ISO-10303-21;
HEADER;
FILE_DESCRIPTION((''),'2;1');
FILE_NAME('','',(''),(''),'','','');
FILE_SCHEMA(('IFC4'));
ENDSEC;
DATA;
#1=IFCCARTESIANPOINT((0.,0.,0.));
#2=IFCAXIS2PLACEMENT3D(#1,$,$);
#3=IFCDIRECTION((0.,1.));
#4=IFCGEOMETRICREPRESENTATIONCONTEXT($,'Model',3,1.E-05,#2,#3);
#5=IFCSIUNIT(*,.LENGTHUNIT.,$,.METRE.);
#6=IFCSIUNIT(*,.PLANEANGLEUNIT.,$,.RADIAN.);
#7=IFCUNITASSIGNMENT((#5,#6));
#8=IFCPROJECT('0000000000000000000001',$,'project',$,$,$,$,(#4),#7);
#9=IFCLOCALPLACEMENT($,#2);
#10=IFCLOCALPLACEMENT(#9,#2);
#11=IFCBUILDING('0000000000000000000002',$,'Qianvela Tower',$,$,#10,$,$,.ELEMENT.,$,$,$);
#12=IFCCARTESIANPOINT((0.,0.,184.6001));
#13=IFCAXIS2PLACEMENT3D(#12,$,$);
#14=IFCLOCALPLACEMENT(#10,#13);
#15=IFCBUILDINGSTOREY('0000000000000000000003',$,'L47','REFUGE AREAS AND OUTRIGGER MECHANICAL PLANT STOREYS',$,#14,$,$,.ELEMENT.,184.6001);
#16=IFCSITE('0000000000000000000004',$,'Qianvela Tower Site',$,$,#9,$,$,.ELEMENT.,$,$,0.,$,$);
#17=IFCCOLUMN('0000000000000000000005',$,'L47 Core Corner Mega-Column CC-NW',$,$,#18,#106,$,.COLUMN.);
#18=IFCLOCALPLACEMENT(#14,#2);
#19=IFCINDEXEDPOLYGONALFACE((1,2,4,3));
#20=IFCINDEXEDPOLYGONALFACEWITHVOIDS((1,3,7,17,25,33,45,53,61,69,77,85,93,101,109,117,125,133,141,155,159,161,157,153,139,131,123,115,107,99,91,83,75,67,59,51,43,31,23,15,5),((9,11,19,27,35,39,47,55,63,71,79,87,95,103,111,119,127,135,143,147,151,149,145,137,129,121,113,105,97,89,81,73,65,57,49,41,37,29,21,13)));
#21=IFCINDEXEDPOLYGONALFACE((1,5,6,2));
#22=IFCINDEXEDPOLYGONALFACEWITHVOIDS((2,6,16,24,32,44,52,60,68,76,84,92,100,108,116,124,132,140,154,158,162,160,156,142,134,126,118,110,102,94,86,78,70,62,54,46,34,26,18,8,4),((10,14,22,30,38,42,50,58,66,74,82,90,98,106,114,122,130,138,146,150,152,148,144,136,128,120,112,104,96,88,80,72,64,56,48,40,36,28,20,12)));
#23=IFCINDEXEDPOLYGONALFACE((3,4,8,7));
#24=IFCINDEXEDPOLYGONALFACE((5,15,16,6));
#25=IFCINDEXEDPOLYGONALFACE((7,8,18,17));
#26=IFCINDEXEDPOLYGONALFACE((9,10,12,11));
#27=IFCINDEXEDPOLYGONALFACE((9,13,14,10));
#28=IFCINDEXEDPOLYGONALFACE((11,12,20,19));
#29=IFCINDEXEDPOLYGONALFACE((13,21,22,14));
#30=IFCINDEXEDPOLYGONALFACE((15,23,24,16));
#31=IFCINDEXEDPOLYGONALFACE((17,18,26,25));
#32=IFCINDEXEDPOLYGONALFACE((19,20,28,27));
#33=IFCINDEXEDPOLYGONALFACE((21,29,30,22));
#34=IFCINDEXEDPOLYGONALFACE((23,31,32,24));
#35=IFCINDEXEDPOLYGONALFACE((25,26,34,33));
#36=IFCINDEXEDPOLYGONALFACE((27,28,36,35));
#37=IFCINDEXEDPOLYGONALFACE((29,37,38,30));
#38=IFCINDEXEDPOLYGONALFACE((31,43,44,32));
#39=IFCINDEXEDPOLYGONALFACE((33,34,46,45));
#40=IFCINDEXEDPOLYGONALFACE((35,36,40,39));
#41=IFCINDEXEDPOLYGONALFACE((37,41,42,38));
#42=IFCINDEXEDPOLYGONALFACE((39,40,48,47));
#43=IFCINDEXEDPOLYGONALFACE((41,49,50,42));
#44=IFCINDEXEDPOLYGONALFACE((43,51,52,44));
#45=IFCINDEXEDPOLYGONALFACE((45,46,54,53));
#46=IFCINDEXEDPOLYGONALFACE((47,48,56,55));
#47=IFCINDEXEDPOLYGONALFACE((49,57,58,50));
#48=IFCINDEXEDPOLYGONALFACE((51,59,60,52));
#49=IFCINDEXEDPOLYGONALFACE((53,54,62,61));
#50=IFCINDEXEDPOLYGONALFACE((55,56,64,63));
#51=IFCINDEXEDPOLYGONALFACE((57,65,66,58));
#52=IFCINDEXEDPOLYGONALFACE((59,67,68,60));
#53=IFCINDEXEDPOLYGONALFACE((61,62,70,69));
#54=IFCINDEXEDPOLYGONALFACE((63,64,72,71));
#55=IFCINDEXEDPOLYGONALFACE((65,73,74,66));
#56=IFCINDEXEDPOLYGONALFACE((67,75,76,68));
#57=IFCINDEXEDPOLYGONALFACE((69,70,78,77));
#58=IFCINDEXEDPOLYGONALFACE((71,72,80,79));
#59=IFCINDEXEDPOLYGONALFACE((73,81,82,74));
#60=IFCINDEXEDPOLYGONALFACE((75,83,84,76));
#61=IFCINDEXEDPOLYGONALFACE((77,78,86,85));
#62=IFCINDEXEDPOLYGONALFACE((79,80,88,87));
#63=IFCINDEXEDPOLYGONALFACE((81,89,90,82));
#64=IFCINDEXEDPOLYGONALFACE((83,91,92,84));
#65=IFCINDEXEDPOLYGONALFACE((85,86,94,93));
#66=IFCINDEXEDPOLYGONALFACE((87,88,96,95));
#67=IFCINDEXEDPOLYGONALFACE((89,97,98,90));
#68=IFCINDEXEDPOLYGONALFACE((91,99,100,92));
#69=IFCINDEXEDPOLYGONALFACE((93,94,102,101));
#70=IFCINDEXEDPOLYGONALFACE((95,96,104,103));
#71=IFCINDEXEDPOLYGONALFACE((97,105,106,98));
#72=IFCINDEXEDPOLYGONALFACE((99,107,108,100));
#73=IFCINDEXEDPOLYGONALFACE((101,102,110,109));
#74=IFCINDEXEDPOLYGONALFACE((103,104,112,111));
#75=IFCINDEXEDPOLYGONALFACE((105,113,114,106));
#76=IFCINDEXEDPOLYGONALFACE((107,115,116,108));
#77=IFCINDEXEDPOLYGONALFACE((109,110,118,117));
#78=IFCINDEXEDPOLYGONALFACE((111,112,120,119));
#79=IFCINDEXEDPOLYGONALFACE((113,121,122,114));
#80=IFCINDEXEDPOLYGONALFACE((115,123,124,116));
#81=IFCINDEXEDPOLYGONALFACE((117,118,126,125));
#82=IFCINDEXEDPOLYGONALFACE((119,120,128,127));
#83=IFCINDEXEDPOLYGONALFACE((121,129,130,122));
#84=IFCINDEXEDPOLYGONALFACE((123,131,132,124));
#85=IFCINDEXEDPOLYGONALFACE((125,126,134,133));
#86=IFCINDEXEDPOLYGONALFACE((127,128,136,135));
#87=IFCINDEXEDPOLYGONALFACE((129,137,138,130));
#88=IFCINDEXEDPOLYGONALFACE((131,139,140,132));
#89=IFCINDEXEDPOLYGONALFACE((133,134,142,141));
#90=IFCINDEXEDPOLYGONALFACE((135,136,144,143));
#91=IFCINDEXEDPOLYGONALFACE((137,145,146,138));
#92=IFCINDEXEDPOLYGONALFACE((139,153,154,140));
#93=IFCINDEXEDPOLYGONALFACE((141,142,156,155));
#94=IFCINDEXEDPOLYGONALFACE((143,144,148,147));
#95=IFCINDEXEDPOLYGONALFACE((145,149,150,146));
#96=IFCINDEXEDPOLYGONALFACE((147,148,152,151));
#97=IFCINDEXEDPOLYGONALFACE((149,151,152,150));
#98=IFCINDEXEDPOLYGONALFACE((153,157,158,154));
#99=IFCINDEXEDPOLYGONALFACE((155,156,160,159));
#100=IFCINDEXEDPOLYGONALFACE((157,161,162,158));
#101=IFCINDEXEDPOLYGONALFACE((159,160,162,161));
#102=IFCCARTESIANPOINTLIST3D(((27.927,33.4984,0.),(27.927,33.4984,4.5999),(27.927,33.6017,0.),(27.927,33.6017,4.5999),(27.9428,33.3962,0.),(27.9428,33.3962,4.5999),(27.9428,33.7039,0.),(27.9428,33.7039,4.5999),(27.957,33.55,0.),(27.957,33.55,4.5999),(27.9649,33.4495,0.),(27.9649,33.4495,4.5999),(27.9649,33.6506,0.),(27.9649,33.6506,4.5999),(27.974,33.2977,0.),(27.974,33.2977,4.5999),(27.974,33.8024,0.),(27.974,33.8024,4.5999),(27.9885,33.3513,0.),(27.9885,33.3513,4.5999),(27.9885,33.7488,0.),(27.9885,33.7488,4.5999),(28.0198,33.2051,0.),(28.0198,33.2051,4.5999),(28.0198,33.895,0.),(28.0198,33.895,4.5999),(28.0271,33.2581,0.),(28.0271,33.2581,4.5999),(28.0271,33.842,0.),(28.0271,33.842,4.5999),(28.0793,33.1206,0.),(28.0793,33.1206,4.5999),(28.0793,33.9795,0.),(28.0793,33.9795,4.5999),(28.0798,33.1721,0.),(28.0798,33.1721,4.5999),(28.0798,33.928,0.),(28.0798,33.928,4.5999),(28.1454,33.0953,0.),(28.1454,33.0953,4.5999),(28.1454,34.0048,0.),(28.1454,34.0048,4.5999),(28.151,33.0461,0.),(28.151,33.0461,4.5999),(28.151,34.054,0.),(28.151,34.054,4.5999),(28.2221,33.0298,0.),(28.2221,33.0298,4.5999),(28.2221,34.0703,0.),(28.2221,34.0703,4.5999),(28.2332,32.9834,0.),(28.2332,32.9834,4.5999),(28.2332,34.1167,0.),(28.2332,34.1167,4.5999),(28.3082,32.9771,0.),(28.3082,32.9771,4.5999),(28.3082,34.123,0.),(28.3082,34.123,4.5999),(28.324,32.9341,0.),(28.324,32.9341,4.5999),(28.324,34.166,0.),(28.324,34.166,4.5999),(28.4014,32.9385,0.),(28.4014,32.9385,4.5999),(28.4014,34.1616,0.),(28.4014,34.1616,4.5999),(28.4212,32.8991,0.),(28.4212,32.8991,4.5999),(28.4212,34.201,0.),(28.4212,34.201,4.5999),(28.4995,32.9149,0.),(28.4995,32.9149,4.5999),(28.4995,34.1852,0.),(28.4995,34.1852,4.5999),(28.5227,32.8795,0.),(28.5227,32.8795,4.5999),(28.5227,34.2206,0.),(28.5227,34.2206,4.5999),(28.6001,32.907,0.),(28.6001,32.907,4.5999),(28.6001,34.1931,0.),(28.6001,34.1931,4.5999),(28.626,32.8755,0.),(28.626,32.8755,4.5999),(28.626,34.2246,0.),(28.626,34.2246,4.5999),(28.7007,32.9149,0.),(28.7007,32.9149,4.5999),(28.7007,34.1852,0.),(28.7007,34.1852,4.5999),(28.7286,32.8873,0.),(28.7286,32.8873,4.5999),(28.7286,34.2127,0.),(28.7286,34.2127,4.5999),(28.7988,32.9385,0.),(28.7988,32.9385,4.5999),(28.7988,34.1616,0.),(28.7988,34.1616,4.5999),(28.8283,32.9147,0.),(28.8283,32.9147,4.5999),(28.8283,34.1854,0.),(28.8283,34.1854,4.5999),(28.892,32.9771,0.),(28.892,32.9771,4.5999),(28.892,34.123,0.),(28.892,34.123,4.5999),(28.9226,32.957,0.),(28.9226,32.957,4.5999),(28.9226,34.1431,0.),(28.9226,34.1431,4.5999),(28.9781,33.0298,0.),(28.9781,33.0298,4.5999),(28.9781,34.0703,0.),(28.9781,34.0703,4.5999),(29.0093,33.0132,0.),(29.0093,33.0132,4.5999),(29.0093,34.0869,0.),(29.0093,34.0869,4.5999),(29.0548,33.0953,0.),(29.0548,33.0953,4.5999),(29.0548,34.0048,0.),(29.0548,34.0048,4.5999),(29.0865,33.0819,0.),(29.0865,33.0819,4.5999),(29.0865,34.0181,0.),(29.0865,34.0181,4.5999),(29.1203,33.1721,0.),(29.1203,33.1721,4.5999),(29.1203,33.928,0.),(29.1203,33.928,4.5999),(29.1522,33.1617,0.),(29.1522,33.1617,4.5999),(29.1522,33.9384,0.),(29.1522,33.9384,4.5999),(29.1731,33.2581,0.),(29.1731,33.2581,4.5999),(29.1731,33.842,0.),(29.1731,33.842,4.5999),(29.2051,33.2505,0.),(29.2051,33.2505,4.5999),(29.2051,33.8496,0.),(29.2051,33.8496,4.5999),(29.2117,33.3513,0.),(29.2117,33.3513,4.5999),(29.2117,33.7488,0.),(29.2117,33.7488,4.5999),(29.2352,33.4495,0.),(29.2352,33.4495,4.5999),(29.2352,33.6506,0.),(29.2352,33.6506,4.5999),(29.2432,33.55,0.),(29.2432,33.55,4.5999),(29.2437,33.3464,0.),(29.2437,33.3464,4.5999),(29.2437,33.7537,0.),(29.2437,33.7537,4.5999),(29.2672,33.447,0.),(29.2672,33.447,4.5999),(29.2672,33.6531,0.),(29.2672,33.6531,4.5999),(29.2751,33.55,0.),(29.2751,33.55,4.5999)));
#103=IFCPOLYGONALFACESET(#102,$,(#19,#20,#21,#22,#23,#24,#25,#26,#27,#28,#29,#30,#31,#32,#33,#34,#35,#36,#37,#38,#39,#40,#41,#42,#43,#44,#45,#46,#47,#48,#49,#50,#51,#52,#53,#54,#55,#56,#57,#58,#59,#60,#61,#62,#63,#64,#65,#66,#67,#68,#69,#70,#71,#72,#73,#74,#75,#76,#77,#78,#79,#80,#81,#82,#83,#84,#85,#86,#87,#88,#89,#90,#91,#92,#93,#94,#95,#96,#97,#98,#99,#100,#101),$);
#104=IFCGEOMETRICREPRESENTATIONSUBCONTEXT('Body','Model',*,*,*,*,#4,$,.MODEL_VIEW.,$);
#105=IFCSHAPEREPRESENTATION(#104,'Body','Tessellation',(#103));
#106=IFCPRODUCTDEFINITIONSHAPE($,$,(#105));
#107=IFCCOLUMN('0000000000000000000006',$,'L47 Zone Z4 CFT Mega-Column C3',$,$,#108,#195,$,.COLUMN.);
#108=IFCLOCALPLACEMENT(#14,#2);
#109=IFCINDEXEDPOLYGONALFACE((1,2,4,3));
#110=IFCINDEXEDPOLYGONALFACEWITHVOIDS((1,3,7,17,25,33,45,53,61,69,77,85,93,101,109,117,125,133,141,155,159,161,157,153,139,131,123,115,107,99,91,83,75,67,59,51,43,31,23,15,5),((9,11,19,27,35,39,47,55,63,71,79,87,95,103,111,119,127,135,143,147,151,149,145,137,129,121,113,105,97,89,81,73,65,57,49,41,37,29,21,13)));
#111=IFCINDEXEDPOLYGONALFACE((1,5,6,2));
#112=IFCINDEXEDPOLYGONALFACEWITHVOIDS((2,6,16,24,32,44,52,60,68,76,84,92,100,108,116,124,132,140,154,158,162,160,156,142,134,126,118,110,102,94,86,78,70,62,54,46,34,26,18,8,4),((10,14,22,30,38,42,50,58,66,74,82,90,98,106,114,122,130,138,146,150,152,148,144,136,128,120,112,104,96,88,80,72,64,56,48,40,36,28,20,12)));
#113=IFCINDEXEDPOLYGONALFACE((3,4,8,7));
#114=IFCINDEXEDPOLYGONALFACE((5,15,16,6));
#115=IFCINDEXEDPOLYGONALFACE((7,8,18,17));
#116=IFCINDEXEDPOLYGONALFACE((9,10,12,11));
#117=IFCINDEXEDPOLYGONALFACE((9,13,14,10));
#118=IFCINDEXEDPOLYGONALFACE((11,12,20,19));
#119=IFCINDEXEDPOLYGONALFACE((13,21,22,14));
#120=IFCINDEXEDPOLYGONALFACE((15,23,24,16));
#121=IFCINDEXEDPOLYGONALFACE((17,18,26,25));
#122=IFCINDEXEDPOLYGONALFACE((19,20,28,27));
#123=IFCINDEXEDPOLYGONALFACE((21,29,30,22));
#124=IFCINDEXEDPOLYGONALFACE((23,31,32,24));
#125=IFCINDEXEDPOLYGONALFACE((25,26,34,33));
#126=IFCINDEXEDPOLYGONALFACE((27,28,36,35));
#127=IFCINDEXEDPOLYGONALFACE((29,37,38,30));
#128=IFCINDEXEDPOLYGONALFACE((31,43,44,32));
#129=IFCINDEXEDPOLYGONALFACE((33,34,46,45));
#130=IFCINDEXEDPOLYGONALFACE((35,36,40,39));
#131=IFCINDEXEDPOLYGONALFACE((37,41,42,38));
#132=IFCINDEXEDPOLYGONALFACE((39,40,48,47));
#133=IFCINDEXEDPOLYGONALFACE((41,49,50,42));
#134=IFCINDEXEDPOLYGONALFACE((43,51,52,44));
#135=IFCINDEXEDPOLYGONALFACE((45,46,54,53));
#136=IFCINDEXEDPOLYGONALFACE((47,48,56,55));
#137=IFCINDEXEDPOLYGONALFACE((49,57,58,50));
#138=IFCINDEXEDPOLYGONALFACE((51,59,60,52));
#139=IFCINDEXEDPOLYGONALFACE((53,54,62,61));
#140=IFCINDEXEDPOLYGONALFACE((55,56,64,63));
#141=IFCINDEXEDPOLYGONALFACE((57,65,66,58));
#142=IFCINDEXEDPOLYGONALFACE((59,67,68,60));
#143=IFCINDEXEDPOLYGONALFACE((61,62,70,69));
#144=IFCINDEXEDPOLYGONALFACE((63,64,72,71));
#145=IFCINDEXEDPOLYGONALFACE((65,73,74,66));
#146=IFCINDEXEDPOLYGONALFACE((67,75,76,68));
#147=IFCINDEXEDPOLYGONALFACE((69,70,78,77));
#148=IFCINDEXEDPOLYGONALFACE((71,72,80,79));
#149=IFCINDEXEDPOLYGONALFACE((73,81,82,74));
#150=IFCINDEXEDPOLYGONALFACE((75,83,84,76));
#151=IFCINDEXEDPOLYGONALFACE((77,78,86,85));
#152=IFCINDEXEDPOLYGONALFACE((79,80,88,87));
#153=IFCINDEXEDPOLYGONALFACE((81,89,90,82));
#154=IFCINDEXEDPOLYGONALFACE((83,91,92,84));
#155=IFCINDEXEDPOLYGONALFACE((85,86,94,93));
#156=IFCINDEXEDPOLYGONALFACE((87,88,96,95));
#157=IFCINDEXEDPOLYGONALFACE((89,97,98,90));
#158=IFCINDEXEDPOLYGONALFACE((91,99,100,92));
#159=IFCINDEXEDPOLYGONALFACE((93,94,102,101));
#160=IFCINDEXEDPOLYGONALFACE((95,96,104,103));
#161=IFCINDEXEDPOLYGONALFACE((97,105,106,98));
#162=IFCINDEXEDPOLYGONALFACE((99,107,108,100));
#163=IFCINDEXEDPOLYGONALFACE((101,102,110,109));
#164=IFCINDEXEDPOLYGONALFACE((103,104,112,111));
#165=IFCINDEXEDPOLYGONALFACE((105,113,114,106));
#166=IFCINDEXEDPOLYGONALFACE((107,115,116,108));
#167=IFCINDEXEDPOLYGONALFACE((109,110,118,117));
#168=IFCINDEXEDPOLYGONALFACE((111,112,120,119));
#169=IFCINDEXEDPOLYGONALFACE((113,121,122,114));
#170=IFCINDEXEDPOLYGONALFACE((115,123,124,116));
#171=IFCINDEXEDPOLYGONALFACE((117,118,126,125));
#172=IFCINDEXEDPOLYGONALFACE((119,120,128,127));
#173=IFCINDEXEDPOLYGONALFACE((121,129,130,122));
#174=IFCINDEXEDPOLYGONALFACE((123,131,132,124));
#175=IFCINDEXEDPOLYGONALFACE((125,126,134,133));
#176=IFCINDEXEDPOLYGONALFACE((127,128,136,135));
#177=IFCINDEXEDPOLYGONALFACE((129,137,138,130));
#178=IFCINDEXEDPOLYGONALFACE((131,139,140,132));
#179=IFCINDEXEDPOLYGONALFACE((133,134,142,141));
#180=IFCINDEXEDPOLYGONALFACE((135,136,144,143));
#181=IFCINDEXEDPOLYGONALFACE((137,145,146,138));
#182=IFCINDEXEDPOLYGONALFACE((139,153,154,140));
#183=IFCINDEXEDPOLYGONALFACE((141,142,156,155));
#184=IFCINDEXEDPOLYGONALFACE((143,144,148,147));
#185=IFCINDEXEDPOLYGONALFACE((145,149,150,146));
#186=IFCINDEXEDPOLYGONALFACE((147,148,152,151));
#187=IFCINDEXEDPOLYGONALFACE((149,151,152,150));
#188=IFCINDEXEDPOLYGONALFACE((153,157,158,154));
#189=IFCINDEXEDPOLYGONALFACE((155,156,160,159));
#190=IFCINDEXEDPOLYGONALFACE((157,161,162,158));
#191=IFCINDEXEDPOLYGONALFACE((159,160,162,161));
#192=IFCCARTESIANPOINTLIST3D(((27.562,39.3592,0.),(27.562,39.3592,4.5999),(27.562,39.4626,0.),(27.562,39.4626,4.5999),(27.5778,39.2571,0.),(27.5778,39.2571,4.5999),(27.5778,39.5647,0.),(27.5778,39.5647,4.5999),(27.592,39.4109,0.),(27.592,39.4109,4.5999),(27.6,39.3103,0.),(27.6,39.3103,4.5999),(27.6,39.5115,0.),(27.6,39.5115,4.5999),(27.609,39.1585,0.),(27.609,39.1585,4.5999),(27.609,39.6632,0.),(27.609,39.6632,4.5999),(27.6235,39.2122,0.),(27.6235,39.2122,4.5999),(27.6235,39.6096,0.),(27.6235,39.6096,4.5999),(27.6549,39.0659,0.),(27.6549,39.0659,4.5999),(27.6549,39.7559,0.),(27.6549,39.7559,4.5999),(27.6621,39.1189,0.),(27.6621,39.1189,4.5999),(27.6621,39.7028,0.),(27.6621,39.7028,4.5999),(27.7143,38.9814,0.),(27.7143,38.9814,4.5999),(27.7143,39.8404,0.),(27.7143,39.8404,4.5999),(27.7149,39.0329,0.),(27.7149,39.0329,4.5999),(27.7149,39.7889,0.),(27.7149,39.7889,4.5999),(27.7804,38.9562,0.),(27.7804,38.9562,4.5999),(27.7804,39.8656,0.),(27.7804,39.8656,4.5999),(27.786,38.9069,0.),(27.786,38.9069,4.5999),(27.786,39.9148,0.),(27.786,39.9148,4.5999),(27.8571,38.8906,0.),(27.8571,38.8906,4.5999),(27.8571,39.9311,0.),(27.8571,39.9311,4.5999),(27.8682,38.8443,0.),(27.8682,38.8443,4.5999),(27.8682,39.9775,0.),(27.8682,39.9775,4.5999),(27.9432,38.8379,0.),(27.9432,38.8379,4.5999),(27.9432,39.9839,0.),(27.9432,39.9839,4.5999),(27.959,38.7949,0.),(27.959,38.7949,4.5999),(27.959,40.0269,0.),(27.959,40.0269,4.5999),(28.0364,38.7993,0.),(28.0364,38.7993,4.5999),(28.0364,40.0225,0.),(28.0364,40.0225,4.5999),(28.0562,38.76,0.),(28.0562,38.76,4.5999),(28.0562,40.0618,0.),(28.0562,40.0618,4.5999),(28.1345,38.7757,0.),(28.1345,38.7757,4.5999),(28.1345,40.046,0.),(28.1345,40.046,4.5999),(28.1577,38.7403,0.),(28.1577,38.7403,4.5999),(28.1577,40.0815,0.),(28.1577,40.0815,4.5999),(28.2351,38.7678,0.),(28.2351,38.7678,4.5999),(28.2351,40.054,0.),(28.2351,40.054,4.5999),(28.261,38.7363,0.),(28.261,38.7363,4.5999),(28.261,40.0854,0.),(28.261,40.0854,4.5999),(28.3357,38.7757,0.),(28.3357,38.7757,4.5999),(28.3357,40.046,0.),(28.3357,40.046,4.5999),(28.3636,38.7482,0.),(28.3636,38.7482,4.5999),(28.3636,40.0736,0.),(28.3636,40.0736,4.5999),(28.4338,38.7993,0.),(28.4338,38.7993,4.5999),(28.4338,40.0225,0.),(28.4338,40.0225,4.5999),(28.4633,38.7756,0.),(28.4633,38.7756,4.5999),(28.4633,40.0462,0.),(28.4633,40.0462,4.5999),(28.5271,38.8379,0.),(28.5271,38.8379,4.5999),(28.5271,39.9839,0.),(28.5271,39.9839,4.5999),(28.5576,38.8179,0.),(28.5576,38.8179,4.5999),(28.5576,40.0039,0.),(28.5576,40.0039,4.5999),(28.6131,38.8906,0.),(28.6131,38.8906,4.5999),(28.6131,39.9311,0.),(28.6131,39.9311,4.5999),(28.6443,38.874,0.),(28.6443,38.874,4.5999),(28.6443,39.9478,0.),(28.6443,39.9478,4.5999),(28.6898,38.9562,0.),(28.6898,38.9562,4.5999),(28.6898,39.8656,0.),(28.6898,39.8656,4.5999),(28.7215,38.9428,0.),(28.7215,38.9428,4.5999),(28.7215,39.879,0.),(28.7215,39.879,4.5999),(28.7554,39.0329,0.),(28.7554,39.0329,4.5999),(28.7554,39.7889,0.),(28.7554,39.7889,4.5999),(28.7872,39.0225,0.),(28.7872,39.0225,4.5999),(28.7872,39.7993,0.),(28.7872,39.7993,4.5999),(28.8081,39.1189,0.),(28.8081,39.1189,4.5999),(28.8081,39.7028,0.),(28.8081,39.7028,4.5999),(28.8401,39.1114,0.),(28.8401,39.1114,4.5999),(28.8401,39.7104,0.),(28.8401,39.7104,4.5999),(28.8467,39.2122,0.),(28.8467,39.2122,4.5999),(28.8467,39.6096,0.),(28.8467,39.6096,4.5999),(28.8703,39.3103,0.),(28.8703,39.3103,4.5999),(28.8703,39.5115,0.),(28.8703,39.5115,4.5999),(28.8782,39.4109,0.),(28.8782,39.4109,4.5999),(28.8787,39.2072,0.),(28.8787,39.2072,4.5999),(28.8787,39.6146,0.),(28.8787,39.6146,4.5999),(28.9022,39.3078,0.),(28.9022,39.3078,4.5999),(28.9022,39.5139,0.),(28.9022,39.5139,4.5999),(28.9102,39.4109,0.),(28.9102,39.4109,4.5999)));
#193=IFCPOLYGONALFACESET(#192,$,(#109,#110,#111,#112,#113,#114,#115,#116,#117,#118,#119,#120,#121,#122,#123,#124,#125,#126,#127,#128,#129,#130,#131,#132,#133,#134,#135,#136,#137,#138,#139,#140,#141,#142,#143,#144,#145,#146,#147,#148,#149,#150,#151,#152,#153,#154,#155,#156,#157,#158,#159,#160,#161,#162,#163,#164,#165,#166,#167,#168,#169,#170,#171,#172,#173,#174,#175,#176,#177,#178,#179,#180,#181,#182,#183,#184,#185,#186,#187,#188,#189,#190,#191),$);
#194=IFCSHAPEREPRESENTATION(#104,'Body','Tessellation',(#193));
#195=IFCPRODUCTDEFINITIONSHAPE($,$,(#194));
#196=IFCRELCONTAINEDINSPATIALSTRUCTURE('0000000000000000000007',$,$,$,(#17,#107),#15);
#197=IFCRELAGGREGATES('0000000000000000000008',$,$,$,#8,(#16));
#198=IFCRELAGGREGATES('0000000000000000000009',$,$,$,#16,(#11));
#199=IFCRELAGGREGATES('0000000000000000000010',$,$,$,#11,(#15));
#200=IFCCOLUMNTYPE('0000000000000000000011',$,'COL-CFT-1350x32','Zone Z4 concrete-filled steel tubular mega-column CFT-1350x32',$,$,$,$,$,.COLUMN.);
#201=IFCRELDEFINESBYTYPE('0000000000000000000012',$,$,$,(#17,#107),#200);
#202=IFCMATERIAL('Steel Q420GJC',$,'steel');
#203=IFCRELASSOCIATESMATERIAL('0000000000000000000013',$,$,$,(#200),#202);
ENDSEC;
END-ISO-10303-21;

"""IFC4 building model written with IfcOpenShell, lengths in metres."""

from ifc_helpers import new_model, si_unit, direction, frame, origin, origin_2d, place, context, subcontext, project, spatial, hollow_circle, extrude, material, material_profile, profile_set, type_object, element, save


model = new_model("IFC4")

# Units and contexts
model_context = context("Model", 3, precision=1e-05, world=origin(), true_north=direction((0.0, 1.0)))
body_context = subcontext(model_context, "Body", "Model", "MODEL_VIEW")
ifc_project = project(units=[si_unit("LENGTHUNIT", "METRE"), si_unit("PLANEANGLEUNIT", "RADIAN")], contexts=[model_context])

# Site, building, storey
site_placement = place(None, origin())
site = spatial("IfcSite", under=ifc_project, at=site_placement, Name="Qianvela Tower Site", CompositionType="ELEMENT", RefElevation=0.0)
building_placement = place(site_placement, origin())
building = spatial("IfcBuilding", under=site, at=building_placement, Name="Qianvela Tower", CompositionType="ELEMENT")
storey_placement = place(building_placement, frame((0.0, 0.0, 184.6001)))
storey = spatial("IfcBuildingStorey", under=building, at=storey_placement, Name="L47", Description="REFUGE AREAS AND OUTRIGGER MECHANICAL PLANT STOREYS", CompositionType="ELEMENT", Elevation=184.6001)

# Columns
ifc_material_1 = material(Name="Steel Q420GJC", Category="steel")
ifc_material_profile_1 = material_profile(ifc_material_1, hollow_circle(Radius=0.675, WallThickness=0.032, at=origin_2d()), Name="CFT-1350x32")
ifc_profile_set_1 = profile_set([ifc_material_profile_1], Name="Steel Q420GJC")
column_type = type_object("IfcColumnType", Name="COL-CFT-1350x32", Description="Zone Z4 concrete-filled steel tubular mega-column CFT-1350x32", PredefinedType="COLUMN", material=ifc_profile_set_1)
for number, where, z_axis, x_axis, name in (
    (1, (28.6001, 33.55, 0.0), (0.0, 0.0, 1.0), (1.0, 0.0, 0.0), "L47 Core Corner Mega-Column CC-NW"),
    (2, (28.2351, 39.4109, 0.0), (0.0, 0.0, 1.0), (1.0, 0.0, 0.0), "L47 Zone Z4 CFT Mega-Column C3"),
):
    element("IfcColumn", number, at=place(storey_placement, frame(where, z_axis=z_axis, x_axis=x_axis)), inside=storey, type_object=column_type, Name=name, PredefinedType="COLUMN", context=body_context, shape_type="SweptSolid", body=[
        extrude(hollow_circle(Radius=0.675, WallThickness=0.032, at=origin_2d()), origin(), (0.0, 0.0, 1.0), 4.5999),
    ])

save(model, "model.ifc")
